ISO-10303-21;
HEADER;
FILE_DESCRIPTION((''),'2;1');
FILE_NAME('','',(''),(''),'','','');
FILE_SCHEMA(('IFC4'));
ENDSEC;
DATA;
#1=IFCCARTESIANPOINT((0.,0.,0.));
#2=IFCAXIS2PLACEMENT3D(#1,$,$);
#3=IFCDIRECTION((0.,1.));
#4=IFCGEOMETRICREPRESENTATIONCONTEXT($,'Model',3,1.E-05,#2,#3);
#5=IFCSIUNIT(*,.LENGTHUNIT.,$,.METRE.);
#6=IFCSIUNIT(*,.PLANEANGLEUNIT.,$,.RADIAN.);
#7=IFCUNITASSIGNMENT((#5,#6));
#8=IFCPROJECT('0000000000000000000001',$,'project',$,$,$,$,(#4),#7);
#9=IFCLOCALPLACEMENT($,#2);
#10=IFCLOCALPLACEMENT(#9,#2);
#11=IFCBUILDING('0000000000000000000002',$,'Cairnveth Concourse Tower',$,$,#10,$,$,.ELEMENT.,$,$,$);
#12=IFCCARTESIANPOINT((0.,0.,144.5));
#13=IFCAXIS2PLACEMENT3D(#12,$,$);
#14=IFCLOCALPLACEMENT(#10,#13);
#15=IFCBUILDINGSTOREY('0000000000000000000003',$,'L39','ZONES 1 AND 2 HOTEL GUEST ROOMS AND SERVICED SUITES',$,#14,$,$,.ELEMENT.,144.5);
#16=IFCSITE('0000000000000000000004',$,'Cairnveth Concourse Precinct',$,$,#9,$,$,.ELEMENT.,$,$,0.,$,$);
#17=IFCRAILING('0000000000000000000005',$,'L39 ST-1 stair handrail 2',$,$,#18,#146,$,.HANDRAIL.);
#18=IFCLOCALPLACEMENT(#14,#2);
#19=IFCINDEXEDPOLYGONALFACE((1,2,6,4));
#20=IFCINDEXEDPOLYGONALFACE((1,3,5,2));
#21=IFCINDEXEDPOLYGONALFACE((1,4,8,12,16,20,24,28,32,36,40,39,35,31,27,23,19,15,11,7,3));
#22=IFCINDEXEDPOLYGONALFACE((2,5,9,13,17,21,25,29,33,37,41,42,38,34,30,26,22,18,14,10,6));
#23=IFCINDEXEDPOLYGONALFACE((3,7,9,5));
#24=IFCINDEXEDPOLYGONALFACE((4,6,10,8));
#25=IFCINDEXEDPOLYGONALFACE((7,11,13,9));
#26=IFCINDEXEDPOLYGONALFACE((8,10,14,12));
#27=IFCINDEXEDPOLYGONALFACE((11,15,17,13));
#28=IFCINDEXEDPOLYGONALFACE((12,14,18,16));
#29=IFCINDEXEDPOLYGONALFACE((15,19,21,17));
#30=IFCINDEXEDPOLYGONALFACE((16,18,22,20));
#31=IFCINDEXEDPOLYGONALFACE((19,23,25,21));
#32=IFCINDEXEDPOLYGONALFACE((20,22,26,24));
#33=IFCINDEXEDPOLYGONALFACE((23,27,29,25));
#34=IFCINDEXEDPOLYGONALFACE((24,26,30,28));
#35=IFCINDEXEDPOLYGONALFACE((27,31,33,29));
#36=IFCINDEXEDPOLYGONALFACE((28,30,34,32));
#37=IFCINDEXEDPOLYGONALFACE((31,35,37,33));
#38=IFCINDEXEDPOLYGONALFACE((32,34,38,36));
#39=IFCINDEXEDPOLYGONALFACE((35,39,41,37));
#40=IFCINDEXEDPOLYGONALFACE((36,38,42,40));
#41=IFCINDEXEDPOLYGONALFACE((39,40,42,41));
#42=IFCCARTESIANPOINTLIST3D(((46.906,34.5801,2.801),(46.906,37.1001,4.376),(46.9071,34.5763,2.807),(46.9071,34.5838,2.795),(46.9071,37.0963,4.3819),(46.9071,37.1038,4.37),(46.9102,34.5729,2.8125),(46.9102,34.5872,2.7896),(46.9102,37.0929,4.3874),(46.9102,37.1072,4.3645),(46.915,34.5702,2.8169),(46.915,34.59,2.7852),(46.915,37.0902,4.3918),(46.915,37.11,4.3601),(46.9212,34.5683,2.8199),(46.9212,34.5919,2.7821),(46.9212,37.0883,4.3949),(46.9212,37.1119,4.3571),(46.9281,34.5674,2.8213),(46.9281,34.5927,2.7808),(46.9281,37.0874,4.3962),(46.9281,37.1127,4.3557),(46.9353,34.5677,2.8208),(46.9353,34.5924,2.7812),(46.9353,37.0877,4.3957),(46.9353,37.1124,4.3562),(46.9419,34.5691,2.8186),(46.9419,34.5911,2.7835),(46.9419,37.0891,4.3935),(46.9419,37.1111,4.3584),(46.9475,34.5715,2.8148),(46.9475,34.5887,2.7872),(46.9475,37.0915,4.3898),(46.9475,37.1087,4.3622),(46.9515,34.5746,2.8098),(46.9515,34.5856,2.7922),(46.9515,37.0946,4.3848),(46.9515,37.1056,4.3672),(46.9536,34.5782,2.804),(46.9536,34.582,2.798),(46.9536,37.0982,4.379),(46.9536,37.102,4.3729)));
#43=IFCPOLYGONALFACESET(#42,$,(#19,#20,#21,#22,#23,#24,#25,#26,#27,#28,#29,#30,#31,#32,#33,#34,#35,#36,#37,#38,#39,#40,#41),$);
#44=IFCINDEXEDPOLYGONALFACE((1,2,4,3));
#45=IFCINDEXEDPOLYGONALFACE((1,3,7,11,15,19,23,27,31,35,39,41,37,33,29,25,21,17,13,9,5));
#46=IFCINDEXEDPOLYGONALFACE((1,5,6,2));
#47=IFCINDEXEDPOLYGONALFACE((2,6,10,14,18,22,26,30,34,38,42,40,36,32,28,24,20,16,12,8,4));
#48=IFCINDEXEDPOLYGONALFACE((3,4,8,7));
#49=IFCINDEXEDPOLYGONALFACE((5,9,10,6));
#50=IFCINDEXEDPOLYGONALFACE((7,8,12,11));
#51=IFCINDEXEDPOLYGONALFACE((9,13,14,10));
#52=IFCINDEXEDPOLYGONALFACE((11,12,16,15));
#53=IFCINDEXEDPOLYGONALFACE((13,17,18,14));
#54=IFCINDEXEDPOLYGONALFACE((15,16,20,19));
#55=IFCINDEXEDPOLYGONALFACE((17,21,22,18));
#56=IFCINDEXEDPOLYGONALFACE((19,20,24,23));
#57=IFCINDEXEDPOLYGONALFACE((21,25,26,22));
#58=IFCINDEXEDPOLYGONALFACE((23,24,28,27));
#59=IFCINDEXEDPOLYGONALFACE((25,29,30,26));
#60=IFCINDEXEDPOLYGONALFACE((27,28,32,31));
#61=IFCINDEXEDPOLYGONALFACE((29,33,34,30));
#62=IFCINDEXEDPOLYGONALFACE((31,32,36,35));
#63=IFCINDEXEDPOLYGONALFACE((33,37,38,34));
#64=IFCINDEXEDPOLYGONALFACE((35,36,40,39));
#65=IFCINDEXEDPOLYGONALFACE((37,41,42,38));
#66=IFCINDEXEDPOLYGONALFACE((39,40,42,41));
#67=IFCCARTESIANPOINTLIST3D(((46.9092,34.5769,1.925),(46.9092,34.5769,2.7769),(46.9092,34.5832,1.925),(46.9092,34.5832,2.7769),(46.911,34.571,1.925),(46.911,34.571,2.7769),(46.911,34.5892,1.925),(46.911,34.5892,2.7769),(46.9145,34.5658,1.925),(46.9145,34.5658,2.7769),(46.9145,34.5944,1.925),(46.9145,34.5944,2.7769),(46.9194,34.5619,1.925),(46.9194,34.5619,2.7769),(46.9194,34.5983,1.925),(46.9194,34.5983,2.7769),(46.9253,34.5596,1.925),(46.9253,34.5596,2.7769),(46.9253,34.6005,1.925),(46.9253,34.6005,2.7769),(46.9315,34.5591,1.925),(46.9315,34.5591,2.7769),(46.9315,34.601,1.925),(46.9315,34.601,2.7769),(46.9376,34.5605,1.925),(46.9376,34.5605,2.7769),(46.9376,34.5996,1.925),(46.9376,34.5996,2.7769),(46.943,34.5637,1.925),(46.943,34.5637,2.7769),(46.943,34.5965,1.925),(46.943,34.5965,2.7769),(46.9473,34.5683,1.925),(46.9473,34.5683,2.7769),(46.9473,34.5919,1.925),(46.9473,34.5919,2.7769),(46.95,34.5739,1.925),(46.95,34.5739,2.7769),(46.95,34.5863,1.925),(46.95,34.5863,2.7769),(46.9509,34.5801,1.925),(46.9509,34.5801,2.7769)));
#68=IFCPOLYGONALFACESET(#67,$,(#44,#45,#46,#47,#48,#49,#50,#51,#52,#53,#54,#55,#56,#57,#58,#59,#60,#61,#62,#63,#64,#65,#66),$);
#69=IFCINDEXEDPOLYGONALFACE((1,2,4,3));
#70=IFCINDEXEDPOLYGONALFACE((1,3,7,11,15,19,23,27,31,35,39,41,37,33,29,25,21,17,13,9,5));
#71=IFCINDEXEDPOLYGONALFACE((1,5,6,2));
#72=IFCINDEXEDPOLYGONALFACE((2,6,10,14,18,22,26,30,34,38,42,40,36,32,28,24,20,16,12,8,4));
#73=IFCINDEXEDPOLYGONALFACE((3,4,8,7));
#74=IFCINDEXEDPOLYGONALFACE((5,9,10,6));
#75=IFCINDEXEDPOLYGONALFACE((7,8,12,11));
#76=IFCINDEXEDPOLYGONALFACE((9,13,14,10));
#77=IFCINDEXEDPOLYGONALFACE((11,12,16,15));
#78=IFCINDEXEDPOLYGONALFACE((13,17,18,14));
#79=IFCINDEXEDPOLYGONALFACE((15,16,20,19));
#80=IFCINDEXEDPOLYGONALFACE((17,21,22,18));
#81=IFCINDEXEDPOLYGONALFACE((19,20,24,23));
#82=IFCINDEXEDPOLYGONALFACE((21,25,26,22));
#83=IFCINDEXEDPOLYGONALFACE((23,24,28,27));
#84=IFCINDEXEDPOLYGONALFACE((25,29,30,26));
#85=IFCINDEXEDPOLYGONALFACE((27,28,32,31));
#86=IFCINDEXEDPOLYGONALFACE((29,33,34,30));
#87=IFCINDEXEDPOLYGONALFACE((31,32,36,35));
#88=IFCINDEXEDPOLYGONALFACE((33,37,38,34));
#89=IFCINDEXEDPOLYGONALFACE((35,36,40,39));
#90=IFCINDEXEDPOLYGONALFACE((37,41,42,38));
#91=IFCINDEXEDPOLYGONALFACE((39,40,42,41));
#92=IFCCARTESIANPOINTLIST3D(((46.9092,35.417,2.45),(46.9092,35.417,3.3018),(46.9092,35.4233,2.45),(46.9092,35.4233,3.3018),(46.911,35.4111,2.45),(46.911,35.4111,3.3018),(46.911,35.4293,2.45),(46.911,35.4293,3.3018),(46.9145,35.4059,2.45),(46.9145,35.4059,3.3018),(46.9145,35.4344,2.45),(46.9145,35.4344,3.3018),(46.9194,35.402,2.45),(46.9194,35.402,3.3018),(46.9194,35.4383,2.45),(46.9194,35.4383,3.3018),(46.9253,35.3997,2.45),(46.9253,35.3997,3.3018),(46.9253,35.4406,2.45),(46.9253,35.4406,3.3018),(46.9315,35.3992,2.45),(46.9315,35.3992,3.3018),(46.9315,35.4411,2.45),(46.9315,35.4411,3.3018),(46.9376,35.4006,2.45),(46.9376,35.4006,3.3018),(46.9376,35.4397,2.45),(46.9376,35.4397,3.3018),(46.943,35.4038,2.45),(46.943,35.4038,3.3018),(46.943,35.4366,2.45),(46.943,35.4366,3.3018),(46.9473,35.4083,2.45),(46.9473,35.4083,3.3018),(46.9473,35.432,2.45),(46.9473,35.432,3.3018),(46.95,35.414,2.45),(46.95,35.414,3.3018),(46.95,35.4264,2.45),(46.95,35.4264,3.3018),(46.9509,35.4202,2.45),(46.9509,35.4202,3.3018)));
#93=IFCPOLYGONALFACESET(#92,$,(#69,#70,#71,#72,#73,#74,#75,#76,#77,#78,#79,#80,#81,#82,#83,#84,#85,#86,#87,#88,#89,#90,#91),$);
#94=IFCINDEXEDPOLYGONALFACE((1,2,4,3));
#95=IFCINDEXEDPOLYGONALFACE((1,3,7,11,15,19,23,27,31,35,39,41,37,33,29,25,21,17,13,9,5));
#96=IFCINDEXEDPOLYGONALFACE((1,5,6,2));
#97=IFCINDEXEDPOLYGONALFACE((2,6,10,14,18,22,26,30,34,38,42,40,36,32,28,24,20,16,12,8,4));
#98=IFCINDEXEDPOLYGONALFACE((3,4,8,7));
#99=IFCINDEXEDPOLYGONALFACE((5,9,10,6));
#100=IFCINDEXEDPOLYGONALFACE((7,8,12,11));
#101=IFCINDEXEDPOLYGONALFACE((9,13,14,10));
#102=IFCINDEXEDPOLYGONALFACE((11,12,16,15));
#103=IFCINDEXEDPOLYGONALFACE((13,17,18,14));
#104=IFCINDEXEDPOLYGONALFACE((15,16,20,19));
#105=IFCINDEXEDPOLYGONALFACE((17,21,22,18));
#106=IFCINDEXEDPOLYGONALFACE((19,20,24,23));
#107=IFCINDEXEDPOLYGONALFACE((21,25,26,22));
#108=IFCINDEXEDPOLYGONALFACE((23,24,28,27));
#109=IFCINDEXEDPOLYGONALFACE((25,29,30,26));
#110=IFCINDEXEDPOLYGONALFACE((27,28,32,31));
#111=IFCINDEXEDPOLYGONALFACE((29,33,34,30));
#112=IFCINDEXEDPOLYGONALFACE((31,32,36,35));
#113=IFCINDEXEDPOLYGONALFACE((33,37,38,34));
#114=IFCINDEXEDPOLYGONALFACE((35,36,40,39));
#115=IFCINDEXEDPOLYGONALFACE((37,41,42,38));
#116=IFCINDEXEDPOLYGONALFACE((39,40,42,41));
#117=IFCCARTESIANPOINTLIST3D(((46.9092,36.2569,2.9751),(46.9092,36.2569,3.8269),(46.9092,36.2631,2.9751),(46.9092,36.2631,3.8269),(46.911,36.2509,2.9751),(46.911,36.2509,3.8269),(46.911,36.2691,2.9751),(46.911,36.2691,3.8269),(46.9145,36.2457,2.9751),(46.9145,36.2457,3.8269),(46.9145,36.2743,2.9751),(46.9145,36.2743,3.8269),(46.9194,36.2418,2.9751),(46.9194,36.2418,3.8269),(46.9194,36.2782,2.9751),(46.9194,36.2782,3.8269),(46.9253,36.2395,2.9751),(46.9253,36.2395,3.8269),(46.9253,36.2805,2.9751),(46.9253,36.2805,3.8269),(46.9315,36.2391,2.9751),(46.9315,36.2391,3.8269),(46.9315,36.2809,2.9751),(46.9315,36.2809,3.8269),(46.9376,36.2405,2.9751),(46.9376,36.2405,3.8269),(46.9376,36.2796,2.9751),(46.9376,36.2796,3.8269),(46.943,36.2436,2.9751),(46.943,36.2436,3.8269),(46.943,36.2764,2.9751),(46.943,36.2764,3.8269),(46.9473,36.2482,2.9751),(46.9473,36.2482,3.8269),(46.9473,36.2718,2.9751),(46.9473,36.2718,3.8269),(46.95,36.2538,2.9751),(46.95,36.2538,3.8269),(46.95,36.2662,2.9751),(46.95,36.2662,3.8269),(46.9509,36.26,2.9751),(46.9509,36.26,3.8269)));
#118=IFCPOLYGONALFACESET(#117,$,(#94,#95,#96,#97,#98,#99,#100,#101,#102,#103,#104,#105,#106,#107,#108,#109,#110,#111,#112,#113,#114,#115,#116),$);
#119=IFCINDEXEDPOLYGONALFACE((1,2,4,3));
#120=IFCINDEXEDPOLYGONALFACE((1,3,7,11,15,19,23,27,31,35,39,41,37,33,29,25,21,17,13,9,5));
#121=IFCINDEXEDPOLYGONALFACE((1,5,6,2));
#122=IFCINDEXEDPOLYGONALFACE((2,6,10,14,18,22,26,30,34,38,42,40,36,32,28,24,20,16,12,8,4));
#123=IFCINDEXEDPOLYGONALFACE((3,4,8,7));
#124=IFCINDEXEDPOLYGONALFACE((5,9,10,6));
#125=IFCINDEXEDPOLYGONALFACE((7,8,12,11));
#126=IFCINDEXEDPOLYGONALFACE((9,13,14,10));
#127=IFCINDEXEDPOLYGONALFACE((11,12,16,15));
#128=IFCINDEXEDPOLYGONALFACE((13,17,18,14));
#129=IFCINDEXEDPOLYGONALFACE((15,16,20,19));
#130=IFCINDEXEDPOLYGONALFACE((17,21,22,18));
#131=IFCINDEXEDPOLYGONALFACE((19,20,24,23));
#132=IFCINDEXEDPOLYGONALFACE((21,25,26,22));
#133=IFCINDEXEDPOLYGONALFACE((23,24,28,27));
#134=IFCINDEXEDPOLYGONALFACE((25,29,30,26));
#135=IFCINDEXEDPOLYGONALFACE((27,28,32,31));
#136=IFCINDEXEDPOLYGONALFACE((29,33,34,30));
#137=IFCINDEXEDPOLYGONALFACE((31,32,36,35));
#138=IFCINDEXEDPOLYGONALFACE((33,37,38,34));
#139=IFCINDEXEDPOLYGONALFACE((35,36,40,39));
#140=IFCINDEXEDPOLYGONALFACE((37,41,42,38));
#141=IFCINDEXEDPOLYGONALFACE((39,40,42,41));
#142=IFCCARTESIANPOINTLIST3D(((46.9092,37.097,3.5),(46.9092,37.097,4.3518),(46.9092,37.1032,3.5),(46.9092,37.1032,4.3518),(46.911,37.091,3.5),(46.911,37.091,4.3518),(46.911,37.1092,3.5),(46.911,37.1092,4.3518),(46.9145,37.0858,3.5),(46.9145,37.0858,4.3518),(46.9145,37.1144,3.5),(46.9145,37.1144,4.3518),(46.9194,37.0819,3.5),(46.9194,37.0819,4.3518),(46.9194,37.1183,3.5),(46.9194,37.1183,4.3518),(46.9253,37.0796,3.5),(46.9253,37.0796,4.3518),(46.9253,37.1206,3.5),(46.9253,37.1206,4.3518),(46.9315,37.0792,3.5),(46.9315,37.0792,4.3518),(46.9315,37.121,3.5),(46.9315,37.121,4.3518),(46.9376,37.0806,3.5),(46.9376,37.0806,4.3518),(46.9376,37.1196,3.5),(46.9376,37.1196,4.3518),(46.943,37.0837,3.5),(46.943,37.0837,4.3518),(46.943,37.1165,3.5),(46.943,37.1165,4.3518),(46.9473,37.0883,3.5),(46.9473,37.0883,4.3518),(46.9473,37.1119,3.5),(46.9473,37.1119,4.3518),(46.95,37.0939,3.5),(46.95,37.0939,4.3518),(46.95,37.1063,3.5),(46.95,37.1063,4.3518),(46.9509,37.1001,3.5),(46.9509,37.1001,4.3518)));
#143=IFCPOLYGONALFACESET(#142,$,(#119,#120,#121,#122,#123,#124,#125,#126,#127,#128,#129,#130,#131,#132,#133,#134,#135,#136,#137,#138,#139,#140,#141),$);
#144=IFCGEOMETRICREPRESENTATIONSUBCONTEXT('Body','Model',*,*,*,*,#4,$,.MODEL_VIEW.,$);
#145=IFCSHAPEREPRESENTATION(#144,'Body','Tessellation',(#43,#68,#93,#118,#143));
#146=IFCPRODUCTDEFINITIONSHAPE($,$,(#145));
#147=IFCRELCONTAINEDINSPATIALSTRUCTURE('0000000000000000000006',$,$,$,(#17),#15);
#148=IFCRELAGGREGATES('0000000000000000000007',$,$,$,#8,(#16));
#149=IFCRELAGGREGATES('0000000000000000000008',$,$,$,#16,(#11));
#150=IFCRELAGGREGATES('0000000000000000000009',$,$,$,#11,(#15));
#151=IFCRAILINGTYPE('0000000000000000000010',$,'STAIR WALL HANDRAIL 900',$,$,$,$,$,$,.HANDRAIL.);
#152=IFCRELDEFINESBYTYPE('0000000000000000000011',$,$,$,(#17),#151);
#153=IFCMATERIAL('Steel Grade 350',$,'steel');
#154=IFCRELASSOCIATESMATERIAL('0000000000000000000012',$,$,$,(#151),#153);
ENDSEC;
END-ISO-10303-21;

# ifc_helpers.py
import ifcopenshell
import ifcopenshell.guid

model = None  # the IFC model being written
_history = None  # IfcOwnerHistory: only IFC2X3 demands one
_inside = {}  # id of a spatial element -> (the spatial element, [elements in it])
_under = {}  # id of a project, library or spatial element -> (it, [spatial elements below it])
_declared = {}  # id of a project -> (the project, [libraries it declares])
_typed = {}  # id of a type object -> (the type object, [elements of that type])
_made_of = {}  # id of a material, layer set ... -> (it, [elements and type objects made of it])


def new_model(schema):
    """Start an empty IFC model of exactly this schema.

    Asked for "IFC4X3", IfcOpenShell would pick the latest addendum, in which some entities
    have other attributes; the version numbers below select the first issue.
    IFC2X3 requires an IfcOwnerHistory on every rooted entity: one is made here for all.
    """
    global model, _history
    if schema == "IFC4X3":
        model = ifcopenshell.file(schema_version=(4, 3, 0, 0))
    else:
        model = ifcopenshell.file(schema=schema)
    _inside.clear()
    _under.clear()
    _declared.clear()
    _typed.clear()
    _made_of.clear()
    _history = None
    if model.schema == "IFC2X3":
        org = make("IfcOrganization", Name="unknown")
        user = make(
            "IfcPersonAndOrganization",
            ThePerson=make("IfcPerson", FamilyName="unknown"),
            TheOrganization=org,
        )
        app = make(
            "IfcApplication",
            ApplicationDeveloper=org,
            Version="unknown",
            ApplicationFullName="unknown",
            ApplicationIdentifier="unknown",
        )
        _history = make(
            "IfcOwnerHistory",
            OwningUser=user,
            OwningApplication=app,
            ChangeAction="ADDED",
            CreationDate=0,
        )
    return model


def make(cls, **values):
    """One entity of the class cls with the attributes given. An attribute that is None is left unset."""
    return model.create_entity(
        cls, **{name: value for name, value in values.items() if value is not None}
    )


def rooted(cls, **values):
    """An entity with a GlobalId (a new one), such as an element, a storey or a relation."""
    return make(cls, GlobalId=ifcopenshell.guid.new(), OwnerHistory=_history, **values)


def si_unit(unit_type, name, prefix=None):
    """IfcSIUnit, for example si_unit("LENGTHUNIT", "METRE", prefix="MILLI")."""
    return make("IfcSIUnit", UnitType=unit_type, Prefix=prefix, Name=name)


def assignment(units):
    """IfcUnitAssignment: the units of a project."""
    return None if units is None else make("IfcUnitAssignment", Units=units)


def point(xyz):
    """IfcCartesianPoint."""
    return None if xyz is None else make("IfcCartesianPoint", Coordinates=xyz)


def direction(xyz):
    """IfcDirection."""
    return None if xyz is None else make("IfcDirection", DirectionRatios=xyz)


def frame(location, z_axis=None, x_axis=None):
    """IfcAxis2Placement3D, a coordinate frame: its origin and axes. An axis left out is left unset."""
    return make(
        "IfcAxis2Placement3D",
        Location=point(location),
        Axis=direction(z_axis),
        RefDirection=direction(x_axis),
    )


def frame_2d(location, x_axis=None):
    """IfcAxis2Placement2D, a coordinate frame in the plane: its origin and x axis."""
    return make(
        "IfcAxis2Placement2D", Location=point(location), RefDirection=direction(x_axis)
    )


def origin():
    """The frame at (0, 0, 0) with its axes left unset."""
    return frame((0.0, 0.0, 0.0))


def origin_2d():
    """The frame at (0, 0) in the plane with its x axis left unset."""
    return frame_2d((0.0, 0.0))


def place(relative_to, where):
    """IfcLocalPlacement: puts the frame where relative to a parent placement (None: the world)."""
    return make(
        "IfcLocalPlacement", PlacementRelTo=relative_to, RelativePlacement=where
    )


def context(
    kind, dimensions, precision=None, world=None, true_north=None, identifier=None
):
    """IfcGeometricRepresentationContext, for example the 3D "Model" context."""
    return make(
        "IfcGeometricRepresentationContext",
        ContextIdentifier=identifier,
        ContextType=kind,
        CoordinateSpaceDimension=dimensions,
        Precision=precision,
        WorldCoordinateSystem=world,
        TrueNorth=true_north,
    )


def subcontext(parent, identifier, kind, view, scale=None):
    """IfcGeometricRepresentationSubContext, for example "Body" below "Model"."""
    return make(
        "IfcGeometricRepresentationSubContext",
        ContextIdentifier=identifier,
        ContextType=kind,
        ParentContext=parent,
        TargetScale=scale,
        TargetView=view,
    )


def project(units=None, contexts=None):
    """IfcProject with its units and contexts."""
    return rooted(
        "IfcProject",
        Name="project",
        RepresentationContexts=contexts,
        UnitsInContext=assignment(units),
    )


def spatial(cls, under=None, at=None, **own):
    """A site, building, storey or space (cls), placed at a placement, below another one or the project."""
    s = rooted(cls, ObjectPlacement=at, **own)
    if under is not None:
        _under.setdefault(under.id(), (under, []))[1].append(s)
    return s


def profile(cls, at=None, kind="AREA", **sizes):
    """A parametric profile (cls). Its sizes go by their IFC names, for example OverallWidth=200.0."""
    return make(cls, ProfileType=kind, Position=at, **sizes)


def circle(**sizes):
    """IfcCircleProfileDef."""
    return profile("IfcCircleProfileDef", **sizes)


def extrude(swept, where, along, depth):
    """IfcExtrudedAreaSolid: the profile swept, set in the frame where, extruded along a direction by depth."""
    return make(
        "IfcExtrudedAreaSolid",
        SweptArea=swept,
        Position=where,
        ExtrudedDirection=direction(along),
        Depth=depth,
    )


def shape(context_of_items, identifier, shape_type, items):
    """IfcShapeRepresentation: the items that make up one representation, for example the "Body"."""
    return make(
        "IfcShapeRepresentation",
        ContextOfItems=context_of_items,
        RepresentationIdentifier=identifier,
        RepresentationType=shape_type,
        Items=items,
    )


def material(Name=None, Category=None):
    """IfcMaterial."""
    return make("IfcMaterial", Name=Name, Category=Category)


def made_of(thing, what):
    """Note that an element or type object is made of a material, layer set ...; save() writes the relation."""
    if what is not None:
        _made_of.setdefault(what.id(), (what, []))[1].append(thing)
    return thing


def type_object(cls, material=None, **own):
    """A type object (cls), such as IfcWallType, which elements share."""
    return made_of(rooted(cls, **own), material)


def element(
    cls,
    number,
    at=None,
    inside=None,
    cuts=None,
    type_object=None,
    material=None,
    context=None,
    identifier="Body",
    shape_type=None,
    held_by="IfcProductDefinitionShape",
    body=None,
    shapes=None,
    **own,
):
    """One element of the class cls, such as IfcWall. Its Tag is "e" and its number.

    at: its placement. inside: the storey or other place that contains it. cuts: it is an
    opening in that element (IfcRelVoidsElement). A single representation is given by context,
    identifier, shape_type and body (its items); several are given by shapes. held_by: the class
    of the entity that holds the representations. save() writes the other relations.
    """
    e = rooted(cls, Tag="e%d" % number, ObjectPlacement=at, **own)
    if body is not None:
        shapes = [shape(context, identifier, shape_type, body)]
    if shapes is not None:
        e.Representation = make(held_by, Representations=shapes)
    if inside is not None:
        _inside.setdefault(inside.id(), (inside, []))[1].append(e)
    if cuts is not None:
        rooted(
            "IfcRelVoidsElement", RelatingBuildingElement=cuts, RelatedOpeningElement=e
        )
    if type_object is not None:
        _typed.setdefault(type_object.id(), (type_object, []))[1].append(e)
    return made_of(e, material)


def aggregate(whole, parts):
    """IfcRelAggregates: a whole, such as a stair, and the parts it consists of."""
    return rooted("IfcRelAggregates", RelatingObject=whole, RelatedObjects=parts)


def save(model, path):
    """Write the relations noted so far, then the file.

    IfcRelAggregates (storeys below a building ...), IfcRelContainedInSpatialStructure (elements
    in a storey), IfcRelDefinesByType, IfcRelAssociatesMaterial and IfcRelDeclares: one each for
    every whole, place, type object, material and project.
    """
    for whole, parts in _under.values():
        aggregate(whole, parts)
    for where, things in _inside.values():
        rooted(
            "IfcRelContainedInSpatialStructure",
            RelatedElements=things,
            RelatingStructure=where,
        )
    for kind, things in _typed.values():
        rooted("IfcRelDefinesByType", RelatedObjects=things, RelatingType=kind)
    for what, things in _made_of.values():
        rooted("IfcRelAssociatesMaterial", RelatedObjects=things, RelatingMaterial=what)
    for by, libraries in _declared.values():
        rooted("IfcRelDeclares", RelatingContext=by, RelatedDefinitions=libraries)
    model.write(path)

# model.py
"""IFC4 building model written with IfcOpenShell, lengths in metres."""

from ifc_helpers import new_model, si_unit, direction, frame, origin, origin_2d, place, context, subcontext, project, spatial, circle, extrude, material, type_object, element, save


model = new_model("IFC4")

# Units and contexts
model_context = context("Model", 3, precision=1e-05, world=origin(), true_north=direction((0.0, 1.0)))
body_context = subcontext(model_context, "Body", "Model", "MODEL_VIEW")
ifc_project = project(units=[si_unit("LENGTHUNIT", "METRE"), si_unit("PLANEANGLEUNIT", "RADIAN")], contexts=[model_context])

# Site, building, storey
site_placement = place(None, origin())
site = spatial("IfcSite", under=ifc_project, at=site_placement, Name="Cairnveth Concourse Precinct", CompositionType="ELEMENT", RefElevation=0.0)
building_placement = place(site_placement, origin())
building = spatial("IfcBuilding", under=site, at=building_placement, Name="Cairnveth Concourse Tower", CompositionType="ELEMENT")
storey_placement = place(building_placement, frame((0.0, 0.0, 144.5)))
storey = spatial("IfcBuildingStorey", under=building, at=storey_placement, Name="L39", Description="ZONES 1 AND 2 HOTEL GUEST ROOMS AND SERVICED SUITES", CompositionType="ELEMENT", Elevation=144.5)

# Shared definitions
ifc_material_1 = material(Name="Steel Grade 350", Category="steel")

# Railing
railing_type_1 = type_object("IfcRailingType", Name="STAIR WALL HANDRAIL 900", PredefinedType="HANDRAIL", material=ifc_material_1)
railing_1_placement = place(storey_placement, frame((46.9299, 34.5801, 1.925)))
element("IfcRailing", 1, at=railing_1_placement, inside=storey, type_object=railing_type_1, Name="L39 ST-1 stair handrail 2", PredefinedType="HANDRAIL", context=body_context, shape_type="SweptSolid", body=[
    extrude(circle(Radius=0.0239, at=origin_2d()), frame((0.0, 0.0, 0.876), z_axis=(0.0, 0.848008, 0.529984), x_axis=(-1.0, 0.0, 0.0)), (0.0, 0.0, 1.0), 2.9717),
    extrude(circle(Radius=0.021, at=origin_2d()), origin(), (0.0, 0.0, 1.0), 0.8518),
    extrude(circle(Radius=0.021, at=origin_2d()), frame((0.0, 0.8401, 0.5249)), (0.0, 0.0, 1.0), 0.8518),
    extrude(circle(Radius=0.021, at=origin_2d()), frame((0.0, 1.6799, 1.05)), (0.0, 0.0, 1.0), 0.8518),
    extrude(circle(Radius=0.021, at=origin_2d()), frame((0.0, 2.52, 1.575)), (0.0, 0.0, 1.0), 0.8518),
])

save(model, "model.ifc")
